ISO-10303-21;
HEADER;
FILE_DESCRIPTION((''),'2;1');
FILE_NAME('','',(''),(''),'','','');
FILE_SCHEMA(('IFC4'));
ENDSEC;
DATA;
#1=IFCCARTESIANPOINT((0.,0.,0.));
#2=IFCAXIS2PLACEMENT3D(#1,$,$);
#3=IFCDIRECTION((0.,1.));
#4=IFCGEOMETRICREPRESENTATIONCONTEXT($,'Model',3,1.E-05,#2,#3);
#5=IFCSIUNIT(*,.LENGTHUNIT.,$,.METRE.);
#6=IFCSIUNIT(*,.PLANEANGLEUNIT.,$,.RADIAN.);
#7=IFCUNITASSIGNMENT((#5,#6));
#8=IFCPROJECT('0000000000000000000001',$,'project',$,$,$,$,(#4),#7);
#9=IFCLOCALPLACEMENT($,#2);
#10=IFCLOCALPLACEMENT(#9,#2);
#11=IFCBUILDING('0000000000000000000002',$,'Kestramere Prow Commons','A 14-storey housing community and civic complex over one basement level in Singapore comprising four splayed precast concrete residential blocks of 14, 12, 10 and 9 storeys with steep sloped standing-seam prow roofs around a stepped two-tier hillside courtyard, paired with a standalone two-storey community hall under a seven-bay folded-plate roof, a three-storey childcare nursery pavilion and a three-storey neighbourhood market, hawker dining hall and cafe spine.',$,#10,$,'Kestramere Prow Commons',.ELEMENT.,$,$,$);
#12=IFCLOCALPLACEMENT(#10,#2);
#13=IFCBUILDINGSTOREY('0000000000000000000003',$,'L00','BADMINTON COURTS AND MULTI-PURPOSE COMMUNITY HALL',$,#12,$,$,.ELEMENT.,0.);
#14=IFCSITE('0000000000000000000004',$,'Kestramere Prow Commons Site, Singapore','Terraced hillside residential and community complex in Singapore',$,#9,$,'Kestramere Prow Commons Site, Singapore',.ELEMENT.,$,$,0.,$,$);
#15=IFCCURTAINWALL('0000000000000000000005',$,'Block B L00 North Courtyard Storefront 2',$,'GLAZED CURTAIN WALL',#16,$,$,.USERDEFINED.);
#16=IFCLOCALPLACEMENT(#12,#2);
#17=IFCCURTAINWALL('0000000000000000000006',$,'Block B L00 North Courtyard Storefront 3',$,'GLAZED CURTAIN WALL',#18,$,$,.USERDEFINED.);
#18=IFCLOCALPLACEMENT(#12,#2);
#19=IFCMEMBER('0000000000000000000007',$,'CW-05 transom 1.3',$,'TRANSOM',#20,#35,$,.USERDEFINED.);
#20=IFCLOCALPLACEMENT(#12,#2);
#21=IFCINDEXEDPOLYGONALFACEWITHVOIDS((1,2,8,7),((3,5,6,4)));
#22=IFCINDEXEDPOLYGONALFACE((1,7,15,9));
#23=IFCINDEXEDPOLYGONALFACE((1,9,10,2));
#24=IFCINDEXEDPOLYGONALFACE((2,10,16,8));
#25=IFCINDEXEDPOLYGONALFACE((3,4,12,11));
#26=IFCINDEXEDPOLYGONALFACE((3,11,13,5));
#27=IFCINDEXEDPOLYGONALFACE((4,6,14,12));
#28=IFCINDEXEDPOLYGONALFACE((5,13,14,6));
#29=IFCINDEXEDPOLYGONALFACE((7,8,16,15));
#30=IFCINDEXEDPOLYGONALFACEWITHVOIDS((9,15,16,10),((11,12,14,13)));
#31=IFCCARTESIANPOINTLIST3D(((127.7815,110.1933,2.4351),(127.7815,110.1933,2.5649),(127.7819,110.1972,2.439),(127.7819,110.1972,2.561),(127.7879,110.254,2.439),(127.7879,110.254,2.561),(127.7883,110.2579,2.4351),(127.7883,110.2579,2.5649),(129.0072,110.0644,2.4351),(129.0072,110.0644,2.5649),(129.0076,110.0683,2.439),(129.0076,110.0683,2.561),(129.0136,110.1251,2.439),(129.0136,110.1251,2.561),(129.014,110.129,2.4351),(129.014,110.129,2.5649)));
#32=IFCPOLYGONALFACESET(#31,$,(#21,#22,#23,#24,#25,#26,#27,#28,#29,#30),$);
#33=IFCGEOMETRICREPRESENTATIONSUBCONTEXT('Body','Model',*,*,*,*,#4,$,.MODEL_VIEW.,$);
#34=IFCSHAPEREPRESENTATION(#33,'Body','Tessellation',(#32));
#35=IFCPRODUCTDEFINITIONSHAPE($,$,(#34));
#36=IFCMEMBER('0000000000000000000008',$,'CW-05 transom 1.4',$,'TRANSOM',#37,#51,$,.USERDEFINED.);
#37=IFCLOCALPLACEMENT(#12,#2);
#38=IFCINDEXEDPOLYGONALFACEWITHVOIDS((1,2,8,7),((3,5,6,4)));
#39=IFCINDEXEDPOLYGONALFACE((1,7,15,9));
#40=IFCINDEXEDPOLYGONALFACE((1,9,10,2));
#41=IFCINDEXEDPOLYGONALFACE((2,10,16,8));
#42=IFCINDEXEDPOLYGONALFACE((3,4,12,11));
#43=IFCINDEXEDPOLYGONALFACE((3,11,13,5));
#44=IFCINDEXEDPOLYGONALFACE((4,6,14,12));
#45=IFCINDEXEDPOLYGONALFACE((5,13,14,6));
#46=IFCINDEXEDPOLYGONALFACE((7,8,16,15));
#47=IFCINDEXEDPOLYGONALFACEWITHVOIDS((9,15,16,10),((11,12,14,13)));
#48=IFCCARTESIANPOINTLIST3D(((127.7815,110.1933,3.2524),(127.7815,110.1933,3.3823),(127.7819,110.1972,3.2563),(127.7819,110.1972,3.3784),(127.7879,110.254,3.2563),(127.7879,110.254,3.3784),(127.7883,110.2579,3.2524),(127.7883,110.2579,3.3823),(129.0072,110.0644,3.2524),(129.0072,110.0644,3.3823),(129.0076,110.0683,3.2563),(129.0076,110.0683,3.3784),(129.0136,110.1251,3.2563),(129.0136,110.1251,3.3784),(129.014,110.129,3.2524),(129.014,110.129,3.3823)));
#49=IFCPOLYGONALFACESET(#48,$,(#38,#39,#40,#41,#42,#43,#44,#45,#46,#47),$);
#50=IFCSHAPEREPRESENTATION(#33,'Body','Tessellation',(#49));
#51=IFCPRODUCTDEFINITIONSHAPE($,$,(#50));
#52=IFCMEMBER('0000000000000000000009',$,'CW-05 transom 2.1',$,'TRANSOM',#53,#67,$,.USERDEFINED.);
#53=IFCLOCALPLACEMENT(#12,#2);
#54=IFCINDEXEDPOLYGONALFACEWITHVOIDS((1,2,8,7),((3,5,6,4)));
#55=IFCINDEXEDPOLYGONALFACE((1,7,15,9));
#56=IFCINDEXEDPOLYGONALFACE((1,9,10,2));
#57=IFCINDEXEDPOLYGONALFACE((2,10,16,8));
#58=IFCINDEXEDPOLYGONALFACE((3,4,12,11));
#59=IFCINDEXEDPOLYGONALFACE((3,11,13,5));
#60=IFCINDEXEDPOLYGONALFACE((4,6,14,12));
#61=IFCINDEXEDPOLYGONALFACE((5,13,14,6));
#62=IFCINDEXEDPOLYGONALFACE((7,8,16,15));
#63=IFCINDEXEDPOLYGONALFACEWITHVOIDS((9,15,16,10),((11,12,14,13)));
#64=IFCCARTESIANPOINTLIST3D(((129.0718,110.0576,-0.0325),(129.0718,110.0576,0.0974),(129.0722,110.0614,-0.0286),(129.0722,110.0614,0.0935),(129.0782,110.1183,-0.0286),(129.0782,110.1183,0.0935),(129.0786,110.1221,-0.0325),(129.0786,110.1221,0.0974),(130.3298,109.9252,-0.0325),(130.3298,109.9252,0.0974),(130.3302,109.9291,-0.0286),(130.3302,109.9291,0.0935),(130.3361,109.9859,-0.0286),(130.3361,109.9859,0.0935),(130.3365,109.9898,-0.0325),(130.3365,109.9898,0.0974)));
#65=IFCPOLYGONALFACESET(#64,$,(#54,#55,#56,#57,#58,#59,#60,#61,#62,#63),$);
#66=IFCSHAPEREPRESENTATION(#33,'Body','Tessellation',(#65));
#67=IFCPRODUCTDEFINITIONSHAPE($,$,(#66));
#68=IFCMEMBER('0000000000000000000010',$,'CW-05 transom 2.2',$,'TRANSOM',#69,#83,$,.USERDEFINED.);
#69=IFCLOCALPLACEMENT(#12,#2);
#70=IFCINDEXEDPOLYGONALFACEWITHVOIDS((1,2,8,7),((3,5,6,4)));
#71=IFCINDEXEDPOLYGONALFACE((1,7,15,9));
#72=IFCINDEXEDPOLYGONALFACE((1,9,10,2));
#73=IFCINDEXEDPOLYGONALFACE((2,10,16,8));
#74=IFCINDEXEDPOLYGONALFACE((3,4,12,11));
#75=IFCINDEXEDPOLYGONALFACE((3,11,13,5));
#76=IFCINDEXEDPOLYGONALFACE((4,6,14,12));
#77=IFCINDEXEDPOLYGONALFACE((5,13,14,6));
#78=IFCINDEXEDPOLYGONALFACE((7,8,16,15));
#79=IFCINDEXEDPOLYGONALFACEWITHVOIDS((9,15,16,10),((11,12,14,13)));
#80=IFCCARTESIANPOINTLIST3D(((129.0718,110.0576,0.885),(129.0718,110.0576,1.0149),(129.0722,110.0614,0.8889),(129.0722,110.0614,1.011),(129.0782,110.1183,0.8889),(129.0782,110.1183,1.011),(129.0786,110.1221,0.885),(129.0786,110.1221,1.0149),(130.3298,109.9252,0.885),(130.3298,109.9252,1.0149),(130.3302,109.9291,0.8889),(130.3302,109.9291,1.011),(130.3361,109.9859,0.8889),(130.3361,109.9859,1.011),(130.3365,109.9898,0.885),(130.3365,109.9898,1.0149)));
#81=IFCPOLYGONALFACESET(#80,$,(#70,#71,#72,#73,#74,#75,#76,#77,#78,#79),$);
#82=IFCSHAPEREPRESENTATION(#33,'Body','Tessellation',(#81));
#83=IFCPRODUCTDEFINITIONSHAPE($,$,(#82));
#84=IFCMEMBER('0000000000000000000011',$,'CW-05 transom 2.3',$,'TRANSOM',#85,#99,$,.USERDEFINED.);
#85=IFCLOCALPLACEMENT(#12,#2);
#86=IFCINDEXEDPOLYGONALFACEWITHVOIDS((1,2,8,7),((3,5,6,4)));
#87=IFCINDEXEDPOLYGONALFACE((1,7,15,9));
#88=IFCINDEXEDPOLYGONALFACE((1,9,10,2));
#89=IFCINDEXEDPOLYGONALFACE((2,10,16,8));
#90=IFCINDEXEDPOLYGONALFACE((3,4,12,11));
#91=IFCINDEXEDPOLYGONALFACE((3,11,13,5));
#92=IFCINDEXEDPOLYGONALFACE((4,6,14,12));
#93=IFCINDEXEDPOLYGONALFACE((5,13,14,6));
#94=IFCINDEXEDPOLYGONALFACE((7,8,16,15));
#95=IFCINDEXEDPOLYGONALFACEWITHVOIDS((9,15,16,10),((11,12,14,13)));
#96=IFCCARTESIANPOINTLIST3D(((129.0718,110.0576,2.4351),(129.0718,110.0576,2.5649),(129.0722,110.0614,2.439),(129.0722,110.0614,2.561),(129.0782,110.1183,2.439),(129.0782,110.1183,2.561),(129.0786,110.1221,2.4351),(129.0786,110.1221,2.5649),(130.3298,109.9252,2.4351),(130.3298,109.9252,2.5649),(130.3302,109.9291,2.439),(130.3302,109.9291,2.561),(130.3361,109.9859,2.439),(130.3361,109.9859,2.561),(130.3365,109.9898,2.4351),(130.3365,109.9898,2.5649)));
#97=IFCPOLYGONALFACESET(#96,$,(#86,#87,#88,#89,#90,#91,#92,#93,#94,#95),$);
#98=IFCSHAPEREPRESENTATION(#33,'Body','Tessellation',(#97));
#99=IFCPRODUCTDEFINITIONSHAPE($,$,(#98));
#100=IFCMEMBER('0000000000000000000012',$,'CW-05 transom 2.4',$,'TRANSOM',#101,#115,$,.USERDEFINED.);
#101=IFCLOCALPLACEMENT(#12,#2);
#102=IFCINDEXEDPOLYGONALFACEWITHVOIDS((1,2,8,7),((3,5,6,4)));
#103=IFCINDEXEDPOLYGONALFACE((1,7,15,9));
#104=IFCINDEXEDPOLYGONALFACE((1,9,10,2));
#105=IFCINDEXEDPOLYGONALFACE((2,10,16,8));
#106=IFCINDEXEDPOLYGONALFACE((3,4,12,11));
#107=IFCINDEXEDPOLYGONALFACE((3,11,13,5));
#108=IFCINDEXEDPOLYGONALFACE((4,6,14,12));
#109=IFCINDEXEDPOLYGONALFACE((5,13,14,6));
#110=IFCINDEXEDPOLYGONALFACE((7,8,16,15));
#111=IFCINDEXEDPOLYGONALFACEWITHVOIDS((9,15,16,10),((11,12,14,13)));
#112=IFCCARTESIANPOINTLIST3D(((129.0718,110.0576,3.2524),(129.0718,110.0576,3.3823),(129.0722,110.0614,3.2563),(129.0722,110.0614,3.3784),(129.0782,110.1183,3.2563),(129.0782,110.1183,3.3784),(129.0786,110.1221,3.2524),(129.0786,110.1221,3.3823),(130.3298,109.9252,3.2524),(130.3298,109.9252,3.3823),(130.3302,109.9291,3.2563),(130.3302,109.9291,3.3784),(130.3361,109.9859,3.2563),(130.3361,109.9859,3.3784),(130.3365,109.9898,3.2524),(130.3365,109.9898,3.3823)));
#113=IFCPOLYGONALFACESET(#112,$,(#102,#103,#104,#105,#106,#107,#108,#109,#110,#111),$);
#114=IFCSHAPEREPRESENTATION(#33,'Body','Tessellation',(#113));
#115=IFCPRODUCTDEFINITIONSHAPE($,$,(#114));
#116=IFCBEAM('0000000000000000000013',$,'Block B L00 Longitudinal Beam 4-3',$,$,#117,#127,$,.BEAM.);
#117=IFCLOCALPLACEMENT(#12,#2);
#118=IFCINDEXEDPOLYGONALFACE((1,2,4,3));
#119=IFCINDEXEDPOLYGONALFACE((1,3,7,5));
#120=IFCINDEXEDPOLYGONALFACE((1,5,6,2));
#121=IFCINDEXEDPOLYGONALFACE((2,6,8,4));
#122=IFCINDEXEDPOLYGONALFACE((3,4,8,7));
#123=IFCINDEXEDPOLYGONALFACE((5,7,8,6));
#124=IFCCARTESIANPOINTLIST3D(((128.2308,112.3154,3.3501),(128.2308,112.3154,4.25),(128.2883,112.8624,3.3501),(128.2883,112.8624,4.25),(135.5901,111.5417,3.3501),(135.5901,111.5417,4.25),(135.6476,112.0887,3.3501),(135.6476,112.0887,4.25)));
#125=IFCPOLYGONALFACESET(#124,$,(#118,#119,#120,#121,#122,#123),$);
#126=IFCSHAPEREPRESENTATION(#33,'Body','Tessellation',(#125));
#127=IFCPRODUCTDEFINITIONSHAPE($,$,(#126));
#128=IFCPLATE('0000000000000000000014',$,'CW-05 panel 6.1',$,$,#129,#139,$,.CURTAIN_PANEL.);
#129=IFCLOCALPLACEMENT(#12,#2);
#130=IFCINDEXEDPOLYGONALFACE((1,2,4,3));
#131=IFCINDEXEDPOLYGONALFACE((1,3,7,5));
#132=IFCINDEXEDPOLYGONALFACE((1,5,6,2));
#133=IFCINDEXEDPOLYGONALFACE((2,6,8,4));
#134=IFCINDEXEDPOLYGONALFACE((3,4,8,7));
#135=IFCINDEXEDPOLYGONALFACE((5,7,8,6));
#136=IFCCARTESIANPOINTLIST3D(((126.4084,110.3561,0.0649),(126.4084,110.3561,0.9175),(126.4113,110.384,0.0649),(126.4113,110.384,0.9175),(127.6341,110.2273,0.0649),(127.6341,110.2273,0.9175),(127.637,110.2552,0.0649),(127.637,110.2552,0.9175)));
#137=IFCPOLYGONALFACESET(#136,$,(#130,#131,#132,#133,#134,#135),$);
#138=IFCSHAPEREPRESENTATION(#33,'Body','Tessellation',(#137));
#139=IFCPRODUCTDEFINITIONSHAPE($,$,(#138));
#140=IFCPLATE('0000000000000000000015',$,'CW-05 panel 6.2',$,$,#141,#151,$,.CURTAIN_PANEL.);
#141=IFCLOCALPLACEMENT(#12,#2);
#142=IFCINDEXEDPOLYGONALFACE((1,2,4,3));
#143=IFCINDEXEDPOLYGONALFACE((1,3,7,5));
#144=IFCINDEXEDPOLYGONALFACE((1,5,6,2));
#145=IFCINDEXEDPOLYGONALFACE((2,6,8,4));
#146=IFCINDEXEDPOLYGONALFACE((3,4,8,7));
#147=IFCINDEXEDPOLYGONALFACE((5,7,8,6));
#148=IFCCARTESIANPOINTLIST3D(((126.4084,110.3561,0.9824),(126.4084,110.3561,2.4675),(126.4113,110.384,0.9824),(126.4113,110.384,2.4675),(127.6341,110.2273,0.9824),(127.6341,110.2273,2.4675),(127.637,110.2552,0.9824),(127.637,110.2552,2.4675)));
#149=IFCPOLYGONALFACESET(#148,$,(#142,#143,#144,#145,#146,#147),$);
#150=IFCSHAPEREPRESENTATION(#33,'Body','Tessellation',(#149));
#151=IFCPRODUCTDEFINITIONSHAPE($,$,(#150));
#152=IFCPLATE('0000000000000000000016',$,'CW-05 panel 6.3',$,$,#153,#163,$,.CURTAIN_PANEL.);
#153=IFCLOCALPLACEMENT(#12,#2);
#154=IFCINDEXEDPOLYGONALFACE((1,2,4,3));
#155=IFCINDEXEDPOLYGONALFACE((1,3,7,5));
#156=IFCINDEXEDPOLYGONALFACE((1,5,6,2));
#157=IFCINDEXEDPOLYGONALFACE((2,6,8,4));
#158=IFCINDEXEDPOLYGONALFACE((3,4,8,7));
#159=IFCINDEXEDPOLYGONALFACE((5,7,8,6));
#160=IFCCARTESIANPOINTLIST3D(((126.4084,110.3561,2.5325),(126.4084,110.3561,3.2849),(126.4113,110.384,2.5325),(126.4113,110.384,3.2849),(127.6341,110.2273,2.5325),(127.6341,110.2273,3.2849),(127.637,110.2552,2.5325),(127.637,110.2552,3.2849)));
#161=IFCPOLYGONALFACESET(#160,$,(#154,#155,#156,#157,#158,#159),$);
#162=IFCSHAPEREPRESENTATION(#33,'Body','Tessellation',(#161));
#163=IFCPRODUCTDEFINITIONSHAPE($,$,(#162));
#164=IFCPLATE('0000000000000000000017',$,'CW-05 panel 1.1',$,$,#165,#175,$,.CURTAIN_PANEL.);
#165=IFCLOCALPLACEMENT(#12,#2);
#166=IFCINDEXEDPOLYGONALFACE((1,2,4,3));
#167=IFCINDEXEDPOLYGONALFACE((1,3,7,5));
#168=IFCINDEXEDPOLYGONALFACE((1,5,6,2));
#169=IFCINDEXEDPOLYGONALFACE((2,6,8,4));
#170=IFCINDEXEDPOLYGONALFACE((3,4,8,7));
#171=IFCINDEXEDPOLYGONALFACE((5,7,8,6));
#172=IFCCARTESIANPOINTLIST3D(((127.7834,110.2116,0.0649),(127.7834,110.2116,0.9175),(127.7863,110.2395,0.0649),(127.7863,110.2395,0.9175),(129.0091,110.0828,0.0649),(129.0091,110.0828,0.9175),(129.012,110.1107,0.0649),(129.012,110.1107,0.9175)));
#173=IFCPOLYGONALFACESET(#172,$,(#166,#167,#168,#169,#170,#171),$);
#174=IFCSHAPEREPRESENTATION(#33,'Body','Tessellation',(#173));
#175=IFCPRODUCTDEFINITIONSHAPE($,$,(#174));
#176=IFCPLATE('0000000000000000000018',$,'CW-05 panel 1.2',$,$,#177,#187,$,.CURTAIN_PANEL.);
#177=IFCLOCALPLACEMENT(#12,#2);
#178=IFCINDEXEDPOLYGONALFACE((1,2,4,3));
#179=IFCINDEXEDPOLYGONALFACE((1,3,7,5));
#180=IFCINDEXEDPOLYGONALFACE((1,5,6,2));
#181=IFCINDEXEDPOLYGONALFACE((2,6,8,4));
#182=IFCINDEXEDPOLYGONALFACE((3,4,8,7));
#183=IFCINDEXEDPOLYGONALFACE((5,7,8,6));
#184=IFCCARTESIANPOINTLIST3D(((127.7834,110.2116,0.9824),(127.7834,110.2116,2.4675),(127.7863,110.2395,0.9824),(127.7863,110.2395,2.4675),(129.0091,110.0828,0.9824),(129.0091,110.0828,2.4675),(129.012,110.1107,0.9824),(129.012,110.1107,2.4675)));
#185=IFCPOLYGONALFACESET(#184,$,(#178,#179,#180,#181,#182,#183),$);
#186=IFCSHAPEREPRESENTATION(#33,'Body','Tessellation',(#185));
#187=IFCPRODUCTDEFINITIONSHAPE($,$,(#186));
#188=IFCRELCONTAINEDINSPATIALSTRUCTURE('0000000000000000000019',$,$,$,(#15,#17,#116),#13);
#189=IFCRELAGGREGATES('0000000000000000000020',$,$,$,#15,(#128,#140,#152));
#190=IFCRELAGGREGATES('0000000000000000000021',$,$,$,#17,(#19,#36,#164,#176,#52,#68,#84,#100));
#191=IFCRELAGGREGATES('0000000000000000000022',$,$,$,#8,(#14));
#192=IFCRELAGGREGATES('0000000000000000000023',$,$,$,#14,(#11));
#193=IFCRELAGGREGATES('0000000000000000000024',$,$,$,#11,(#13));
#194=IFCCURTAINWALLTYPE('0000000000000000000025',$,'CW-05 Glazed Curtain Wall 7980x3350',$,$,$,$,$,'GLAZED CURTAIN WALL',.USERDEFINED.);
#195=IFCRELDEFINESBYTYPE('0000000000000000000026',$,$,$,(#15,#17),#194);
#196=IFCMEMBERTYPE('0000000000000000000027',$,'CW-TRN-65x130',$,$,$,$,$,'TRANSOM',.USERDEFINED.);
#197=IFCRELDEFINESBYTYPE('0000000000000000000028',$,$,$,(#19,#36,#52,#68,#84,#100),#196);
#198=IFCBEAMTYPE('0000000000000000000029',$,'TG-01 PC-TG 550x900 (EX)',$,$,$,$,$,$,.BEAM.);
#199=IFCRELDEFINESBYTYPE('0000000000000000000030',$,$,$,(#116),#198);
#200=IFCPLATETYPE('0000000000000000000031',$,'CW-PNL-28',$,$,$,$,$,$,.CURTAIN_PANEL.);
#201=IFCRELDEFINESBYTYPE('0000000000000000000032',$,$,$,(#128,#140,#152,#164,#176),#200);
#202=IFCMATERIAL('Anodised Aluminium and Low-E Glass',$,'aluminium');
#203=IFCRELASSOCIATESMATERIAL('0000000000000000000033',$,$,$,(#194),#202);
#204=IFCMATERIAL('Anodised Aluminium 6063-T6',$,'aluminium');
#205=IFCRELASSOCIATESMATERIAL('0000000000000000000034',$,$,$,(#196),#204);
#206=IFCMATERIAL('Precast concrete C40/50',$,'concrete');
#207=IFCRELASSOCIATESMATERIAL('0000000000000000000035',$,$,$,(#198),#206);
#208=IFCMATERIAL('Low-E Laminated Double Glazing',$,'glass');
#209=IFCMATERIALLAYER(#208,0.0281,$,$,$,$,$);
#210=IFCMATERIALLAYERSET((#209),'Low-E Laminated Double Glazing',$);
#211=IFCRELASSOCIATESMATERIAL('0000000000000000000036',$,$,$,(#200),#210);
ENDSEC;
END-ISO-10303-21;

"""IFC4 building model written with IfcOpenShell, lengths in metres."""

from ifc_helpers import new_model, si_unit, direction, frame, origin, origin_2d, place, context, subcontext, project, spatial, rectangle, hollow_rectangle, extrude, material, layer, layer_set, material_profile, profile_set, type_object, element, aggregate, save


model = new_model("IFC4")

# Units and contexts
model_context = context("Model", 3, precision=1e-05, world=origin(), true_north=direction((0.0, 1.0)))
body_context = subcontext(model_context, "Body", "Model", "MODEL_VIEW")
ifc_project = project(units=[si_unit("LENGTHUNIT", "METRE"), si_unit("PLANEANGLEUNIT", "RADIAN")], contexts=[model_context])

# Site, building, storey
site_placement = place(None, origin())
site = spatial("IfcSite", under=ifc_project, at=site_placement, Name="Kestramere Prow Commons Site, Singapore", Description="Terraced hillside residential and community complex in Singapore", LongName="Kestramere Prow Commons Site, Singapore", CompositionType="ELEMENT", RefElevation=0.0)
building_placement = place(site_placement, origin())
building = spatial("IfcBuilding", under=site, at=building_placement, Name="Kestramere Prow Commons", Description="A 14-storey housing community and civic complex over one basement level in Singapore comprising four splayed precast concrete residential blocks of 14, 12, 10 and 9 storeys with steep sloped standing-seam prow roofs around a stepped two-tier hillside courtyard, paired with a standalone two-storey community hall under a seven-bay folded-plate roof, a three-storey childcare nursery pavilion and a three-storey neighbourhood market, hawker dining hall and cafe spine.", LongName="Kestramere Prow Commons", CompositionType="ELEMENT")
storey_placement = place(building_placement, origin())
storey = spatial("IfcBuildingStorey", under=building, at=storey_placement, Name="L00", Description="BADMINTON COURTS AND MULTI-PURPOSE COMMUNITY HALL", CompositionType="ELEMENT", Elevation=0.0)

# Shared definitions
ifc_material_1 = material(Name="Precast concrete C40/50", Category="concrete")

# Curtain wall
ifc_material_2 = material(Name="Anodised Aluminium and Low-E Glass", Category="aluminium")
curtain_wall_type = type_object("IfcCurtainWallType", Name="CW-05 Glazed Curtain Wall 7980x3350", ElementType="GLAZED CURTAIN WALL", PredefinedType="USERDEFINED", material=ifc_material_2)
curtain_wall_1_placement = place(storey_placement, origin())
curtain_wall_1 = element("IfcCurtainWall", 1, at=curtain_wall_1_placement, inside=storey, type_object=curtain_wall_type, Name="Block B L00 North Courtyard Storefront 2", ObjectType="GLAZED CURTAIN WALL", PredefinedType="USERDEFINED")
ifc_material_3 = material(Name="Anodised Aluminium 6063-T6", Category="aluminium")

# Curtain wall
curtain_wall_2_placement = place(storey_placement, origin())
curtain_wall_2 = element("IfcCurtainWall", 2, at=curtain_wall_2_placement, inside=storey, type_object=curtain_wall_type, Name="Block B L00 North Courtyard Storefront 3", ObjectType="GLAZED CURTAIN WALL", PredefinedType="USERDEFINED")

# Members
ifc_material_profile_1 = material_profile(ifc_material_3, hollow_rectangle(XDim=0.0649, YDim=0.1299, WallThickness=0.0039, at=origin_2d()), Name="ALU-TRN 65x130")
ifc_profile_set_1 = profile_set([ifc_material_profile_1], Name="Anodised Aluminium 6063-T6")
member_type_1 = type_object("IfcMemberType", Name="CW-TRN-65x130", ElementType="TRANSOM", PredefinedType="USERDEFINED", material=ifc_profile_set_1)
member_1_placement = place(storey_placement, frame((127.7849, 110.2256, 2.5), z_axis=(0.994514, -0.104602, 0.0), x_axis=(0.104602, 0.994514, 0.0)))
member_1 = element("IfcMember", 3, at=member_1_placement, type_object=member_type_1, Name="CW-05 transom 1.3", ObjectType="TRANSOM", PredefinedType="USERDEFINED", context=body_context, shape_type="SweptSolid", body=[
    extrude(hollow_rectangle(XDim=0.0649, YDim=0.1299, WallThickness=0.0039, at=origin_2d()), origin(), (0.0, 0.0, 1.0), 1.2324),
])
member_2_placement = place(storey_placement, frame((127.7849, 110.2256, 3.3174), z_axis=(0.994514, -0.104602, 0.0), x_axis=(0.104602, 0.994514, 0.0)))
member_2 = element("IfcMember", 4, at=member_2_placement, type_object=member_type_1, Name="CW-05 transom 1.4", ObjectType="TRANSOM", PredefinedType="USERDEFINED", context=body_context, shape_type="SweptSolid", body=[
    extrude(hollow_rectangle(XDim=0.0649, YDim=0.1299, WallThickness=0.0039, at=origin_2d()), origin(), (0.0, 0.0, 1.0), 1.2324),
])
member_3_placement = place(storey_placement, frame((129.0752, 110.0898, 0.0325), z_axis=(0.994514, -0.104604, 0.0), x_axis=(0.104604, 0.994514, 0.0)))
member_3 = element("IfcMember", 5, at=member_3_placement, type_object=member_type_1, Name="CW-05 transom 2.1", ObjectType="TRANSOM", PredefinedType="USERDEFINED", context=body_context, shape_type="SweptSolid", body=[
    extrude(hollow_rectangle(XDim=0.0649, YDim=0.1299, WallThickness=0.0039, at=origin_2d()), origin(), (0.0, 0.0, 1.0), 1.2649),
])
member_4_placement = place(storey_placement, frame((129.0752, 110.0898, 0.95), z_axis=(0.994514, -0.104604, 0.0), x_axis=(0.104604, 0.994514, 0.0)))
member_4 = element("IfcMember", 6, at=member_4_placement, type_object=member_type_1, Name="CW-05 transom 2.2", ObjectType="TRANSOM", PredefinedType="USERDEFINED", context=body_context, shape_type="SweptSolid", body=[
    extrude(hollow_rectangle(XDim=0.0649, YDim=0.1299, WallThickness=0.0039, at=origin_2d()), origin(), (0.0, 0.0, 1.0), 1.2649),
])
member_5_placement = place(storey_placement, frame((129.0752, 110.0898, 2.5), z_axis=(0.994514, -0.104604, 0.0), x_axis=(0.104604, 0.994514, 0.0)))
member_5 = element("IfcMember", 7, at=member_5_placement, type_object=member_type_1, Name="CW-05 transom 2.3", ObjectType="TRANSOM", PredefinedType="USERDEFINED", context=body_context, shape_type="SweptSolid", body=[
    extrude(hollow_rectangle(XDim=0.0649, YDim=0.1299, WallThickness=0.0039, at=origin_2d()), origin(), (0.0, 0.0, 1.0), 1.2649),
])
member_6_placement = place(storey_placement, frame((129.0752, 110.0898, 3.3174), z_axis=(0.994514, -0.104604, 0.0), x_axis=(0.104604, 0.994514, 0.0)))
member_6 = element("IfcMember", 8, at=member_6_placement, type_object=member_type_1, Name="CW-05 transom 2.4", ObjectType="TRANSOM", PredefinedType="USERDEFINED", context=body_context, shape_type="SweptSolid", body=[
    extrude(hollow_rectangle(XDim=0.0649, YDim=0.1299, WallThickness=0.0039, at=origin_2d()), origin(), (0.0, 0.0, 1.0), 1.2649),
])

# Beam
ifc_material_profile_2 = material_profile(ifc_material_1, rectangle(XDim=0.55, YDim=0.8999, at=origin_2d()), Name="PC-TG 550x900")
ifc_profile_set_2 = profile_set([ifc_material_profile_2], Name="Precast concrete C40/50")
beam_type = type_object("IfcBeamType", Name="TG-01 PC-TG 550x900 (EX)", PredefinedType="BEAM", material=ifc_profile_set_2)
beam_placement = place(storey_placement, frame((128.2595, 112.5889, 3.8), z_axis=(0.994519, -0.104553, 0.0), x_axis=(0.104553, 0.994519, 0.0)))
element("IfcBeam", 9, at=beam_placement, inside=storey, type_object=beam_type, Name="Block B L00 Longitudinal Beam 4-3", PredefinedType="BEAM", context=body_context, shape_type="SweptSolid", body=[
    extrude(rectangle(XDim=0.55, YDim=0.8999, at=origin_2d()), origin(), (0.0, 0.0, 1.0), 7.3999),
])

# Plates
ifc_material_4 = material(Name="Low-E Laminated Double Glazing", Category="glass")
ifc_layer_1 = layer(ifc_material_4, 0.0281)
ifc_layer_set_1 = layer_set([ifc_layer_1], Name="Low-E Laminated Double Glazing")
plate_type = type_object("IfcPlateType", Name="CW-PNL-28", PredefinedType="CURTAIN_PANEL", material=ifc_layer_set_1)
plate_1_placement = place(storey_placement, frame((127.0227, 110.3057, 0.0649), z_axis=(0.0, 0.0, 1.0), x_axis=(0.994522, -0.104529, 0.0)))
plate_1 = element("IfcPlate", 10, at=plate_1_placement, type_object=plate_type, Name="CW-05 panel 6.1", PredefinedType="CURTAIN_PANEL", context=body_context, shape_type="SweptSolid", body=[
    extrude(rectangle(XDim=1.2324, YDim=0.0281, at=origin_2d()), origin(), (0.0, 0.0, 1.0), 0.8525),
])
plate_2_placement = place(storey_placement, frame((127.0227, 110.3057, 0.9824), z_axis=(0.0, 0.0, 1.0), x_axis=(0.994522, -0.104529, 0.0)))
plate_2 = element("IfcPlate", 11, at=plate_2_placement, type_object=plate_type, Name="CW-05 panel 6.2", PredefinedType="CURTAIN_PANEL", context=body_context, shape_type="SweptSolid", body=[
    extrude(rectangle(XDim=1.2324, YDim=0.0281, at=origin_2d()), origin(), (0.0, 0.0, 1.0), 1.4851),
])
plate_3_placement = place(storey_placement, frame((127.0227, 110.3057, 2.5325), z_axis=(0.0, 0.0, 1.0), x_axis=(0.994522, -0.104529, 0.0)))
plate_3 = element("IfcPlate", 12, at=plate_3_placement, type_object=plate_type, Name="CW-05 panel 6.3", PredefinedType="CURTAIN_PANEL", context=body_context, shape_type="SweptSolid", body=[
    extrude(rectangle(XDim=1.2324, YDim=0.0281, at=origin_2d()), origin(), (0.0, 0.0, 1.0), 0.7524),
])
aggregate(curtain_wall_1, [plate_1, plate_2, plate_3])
plate_4_placement = place(storey_placement, frame((128.3977, 110.1611, 0.0649), z_axis=(0.0, 0.0, 1.0), x_axis=(0.994522, -0.104528, 0.0)))
plate_4 = element("IfcPlate", 13, at=plate_4_placement, type_object=plate_type, Name="CW-05 panel 1.1", PredefinedType="CURTAIN_PANEL", context=body_context, shape_type="SweptSolid", body=[
    extrude(rectangle(XDim=1.2324, YDim=0.0281, at=origin_2d()), origin(), (0.0, 0.0, 1.0), 0.8525),
])
plate_5_placement = place(storey_placement, frame((128.3977, 110.1611, 0.9824), z_axis=(0.0, 0.0, 1.0), x_axis=(0.994522, -0.104528, 0.0)))
plate_5 = element("IfcPlate", 14, at=plate_5_placement, type_object=plate_type, Name="CW-05 panel 1.2", PredefinedType="CURTAIN_PANEL", context=body_context, shape_type="SweptSolid", body=[
    extrude(rectangle(XDim=1.2324, YDim=0.0281, at=origin_2d()), origin(), (0.0, 0.0, 1.0), 1.4851),
])
aggregate(curtain_wall_2, [member_1, member_2, plate_4, plate_5, member_3, member_4, member_5, member_6])

save(model, "model.ifc")
